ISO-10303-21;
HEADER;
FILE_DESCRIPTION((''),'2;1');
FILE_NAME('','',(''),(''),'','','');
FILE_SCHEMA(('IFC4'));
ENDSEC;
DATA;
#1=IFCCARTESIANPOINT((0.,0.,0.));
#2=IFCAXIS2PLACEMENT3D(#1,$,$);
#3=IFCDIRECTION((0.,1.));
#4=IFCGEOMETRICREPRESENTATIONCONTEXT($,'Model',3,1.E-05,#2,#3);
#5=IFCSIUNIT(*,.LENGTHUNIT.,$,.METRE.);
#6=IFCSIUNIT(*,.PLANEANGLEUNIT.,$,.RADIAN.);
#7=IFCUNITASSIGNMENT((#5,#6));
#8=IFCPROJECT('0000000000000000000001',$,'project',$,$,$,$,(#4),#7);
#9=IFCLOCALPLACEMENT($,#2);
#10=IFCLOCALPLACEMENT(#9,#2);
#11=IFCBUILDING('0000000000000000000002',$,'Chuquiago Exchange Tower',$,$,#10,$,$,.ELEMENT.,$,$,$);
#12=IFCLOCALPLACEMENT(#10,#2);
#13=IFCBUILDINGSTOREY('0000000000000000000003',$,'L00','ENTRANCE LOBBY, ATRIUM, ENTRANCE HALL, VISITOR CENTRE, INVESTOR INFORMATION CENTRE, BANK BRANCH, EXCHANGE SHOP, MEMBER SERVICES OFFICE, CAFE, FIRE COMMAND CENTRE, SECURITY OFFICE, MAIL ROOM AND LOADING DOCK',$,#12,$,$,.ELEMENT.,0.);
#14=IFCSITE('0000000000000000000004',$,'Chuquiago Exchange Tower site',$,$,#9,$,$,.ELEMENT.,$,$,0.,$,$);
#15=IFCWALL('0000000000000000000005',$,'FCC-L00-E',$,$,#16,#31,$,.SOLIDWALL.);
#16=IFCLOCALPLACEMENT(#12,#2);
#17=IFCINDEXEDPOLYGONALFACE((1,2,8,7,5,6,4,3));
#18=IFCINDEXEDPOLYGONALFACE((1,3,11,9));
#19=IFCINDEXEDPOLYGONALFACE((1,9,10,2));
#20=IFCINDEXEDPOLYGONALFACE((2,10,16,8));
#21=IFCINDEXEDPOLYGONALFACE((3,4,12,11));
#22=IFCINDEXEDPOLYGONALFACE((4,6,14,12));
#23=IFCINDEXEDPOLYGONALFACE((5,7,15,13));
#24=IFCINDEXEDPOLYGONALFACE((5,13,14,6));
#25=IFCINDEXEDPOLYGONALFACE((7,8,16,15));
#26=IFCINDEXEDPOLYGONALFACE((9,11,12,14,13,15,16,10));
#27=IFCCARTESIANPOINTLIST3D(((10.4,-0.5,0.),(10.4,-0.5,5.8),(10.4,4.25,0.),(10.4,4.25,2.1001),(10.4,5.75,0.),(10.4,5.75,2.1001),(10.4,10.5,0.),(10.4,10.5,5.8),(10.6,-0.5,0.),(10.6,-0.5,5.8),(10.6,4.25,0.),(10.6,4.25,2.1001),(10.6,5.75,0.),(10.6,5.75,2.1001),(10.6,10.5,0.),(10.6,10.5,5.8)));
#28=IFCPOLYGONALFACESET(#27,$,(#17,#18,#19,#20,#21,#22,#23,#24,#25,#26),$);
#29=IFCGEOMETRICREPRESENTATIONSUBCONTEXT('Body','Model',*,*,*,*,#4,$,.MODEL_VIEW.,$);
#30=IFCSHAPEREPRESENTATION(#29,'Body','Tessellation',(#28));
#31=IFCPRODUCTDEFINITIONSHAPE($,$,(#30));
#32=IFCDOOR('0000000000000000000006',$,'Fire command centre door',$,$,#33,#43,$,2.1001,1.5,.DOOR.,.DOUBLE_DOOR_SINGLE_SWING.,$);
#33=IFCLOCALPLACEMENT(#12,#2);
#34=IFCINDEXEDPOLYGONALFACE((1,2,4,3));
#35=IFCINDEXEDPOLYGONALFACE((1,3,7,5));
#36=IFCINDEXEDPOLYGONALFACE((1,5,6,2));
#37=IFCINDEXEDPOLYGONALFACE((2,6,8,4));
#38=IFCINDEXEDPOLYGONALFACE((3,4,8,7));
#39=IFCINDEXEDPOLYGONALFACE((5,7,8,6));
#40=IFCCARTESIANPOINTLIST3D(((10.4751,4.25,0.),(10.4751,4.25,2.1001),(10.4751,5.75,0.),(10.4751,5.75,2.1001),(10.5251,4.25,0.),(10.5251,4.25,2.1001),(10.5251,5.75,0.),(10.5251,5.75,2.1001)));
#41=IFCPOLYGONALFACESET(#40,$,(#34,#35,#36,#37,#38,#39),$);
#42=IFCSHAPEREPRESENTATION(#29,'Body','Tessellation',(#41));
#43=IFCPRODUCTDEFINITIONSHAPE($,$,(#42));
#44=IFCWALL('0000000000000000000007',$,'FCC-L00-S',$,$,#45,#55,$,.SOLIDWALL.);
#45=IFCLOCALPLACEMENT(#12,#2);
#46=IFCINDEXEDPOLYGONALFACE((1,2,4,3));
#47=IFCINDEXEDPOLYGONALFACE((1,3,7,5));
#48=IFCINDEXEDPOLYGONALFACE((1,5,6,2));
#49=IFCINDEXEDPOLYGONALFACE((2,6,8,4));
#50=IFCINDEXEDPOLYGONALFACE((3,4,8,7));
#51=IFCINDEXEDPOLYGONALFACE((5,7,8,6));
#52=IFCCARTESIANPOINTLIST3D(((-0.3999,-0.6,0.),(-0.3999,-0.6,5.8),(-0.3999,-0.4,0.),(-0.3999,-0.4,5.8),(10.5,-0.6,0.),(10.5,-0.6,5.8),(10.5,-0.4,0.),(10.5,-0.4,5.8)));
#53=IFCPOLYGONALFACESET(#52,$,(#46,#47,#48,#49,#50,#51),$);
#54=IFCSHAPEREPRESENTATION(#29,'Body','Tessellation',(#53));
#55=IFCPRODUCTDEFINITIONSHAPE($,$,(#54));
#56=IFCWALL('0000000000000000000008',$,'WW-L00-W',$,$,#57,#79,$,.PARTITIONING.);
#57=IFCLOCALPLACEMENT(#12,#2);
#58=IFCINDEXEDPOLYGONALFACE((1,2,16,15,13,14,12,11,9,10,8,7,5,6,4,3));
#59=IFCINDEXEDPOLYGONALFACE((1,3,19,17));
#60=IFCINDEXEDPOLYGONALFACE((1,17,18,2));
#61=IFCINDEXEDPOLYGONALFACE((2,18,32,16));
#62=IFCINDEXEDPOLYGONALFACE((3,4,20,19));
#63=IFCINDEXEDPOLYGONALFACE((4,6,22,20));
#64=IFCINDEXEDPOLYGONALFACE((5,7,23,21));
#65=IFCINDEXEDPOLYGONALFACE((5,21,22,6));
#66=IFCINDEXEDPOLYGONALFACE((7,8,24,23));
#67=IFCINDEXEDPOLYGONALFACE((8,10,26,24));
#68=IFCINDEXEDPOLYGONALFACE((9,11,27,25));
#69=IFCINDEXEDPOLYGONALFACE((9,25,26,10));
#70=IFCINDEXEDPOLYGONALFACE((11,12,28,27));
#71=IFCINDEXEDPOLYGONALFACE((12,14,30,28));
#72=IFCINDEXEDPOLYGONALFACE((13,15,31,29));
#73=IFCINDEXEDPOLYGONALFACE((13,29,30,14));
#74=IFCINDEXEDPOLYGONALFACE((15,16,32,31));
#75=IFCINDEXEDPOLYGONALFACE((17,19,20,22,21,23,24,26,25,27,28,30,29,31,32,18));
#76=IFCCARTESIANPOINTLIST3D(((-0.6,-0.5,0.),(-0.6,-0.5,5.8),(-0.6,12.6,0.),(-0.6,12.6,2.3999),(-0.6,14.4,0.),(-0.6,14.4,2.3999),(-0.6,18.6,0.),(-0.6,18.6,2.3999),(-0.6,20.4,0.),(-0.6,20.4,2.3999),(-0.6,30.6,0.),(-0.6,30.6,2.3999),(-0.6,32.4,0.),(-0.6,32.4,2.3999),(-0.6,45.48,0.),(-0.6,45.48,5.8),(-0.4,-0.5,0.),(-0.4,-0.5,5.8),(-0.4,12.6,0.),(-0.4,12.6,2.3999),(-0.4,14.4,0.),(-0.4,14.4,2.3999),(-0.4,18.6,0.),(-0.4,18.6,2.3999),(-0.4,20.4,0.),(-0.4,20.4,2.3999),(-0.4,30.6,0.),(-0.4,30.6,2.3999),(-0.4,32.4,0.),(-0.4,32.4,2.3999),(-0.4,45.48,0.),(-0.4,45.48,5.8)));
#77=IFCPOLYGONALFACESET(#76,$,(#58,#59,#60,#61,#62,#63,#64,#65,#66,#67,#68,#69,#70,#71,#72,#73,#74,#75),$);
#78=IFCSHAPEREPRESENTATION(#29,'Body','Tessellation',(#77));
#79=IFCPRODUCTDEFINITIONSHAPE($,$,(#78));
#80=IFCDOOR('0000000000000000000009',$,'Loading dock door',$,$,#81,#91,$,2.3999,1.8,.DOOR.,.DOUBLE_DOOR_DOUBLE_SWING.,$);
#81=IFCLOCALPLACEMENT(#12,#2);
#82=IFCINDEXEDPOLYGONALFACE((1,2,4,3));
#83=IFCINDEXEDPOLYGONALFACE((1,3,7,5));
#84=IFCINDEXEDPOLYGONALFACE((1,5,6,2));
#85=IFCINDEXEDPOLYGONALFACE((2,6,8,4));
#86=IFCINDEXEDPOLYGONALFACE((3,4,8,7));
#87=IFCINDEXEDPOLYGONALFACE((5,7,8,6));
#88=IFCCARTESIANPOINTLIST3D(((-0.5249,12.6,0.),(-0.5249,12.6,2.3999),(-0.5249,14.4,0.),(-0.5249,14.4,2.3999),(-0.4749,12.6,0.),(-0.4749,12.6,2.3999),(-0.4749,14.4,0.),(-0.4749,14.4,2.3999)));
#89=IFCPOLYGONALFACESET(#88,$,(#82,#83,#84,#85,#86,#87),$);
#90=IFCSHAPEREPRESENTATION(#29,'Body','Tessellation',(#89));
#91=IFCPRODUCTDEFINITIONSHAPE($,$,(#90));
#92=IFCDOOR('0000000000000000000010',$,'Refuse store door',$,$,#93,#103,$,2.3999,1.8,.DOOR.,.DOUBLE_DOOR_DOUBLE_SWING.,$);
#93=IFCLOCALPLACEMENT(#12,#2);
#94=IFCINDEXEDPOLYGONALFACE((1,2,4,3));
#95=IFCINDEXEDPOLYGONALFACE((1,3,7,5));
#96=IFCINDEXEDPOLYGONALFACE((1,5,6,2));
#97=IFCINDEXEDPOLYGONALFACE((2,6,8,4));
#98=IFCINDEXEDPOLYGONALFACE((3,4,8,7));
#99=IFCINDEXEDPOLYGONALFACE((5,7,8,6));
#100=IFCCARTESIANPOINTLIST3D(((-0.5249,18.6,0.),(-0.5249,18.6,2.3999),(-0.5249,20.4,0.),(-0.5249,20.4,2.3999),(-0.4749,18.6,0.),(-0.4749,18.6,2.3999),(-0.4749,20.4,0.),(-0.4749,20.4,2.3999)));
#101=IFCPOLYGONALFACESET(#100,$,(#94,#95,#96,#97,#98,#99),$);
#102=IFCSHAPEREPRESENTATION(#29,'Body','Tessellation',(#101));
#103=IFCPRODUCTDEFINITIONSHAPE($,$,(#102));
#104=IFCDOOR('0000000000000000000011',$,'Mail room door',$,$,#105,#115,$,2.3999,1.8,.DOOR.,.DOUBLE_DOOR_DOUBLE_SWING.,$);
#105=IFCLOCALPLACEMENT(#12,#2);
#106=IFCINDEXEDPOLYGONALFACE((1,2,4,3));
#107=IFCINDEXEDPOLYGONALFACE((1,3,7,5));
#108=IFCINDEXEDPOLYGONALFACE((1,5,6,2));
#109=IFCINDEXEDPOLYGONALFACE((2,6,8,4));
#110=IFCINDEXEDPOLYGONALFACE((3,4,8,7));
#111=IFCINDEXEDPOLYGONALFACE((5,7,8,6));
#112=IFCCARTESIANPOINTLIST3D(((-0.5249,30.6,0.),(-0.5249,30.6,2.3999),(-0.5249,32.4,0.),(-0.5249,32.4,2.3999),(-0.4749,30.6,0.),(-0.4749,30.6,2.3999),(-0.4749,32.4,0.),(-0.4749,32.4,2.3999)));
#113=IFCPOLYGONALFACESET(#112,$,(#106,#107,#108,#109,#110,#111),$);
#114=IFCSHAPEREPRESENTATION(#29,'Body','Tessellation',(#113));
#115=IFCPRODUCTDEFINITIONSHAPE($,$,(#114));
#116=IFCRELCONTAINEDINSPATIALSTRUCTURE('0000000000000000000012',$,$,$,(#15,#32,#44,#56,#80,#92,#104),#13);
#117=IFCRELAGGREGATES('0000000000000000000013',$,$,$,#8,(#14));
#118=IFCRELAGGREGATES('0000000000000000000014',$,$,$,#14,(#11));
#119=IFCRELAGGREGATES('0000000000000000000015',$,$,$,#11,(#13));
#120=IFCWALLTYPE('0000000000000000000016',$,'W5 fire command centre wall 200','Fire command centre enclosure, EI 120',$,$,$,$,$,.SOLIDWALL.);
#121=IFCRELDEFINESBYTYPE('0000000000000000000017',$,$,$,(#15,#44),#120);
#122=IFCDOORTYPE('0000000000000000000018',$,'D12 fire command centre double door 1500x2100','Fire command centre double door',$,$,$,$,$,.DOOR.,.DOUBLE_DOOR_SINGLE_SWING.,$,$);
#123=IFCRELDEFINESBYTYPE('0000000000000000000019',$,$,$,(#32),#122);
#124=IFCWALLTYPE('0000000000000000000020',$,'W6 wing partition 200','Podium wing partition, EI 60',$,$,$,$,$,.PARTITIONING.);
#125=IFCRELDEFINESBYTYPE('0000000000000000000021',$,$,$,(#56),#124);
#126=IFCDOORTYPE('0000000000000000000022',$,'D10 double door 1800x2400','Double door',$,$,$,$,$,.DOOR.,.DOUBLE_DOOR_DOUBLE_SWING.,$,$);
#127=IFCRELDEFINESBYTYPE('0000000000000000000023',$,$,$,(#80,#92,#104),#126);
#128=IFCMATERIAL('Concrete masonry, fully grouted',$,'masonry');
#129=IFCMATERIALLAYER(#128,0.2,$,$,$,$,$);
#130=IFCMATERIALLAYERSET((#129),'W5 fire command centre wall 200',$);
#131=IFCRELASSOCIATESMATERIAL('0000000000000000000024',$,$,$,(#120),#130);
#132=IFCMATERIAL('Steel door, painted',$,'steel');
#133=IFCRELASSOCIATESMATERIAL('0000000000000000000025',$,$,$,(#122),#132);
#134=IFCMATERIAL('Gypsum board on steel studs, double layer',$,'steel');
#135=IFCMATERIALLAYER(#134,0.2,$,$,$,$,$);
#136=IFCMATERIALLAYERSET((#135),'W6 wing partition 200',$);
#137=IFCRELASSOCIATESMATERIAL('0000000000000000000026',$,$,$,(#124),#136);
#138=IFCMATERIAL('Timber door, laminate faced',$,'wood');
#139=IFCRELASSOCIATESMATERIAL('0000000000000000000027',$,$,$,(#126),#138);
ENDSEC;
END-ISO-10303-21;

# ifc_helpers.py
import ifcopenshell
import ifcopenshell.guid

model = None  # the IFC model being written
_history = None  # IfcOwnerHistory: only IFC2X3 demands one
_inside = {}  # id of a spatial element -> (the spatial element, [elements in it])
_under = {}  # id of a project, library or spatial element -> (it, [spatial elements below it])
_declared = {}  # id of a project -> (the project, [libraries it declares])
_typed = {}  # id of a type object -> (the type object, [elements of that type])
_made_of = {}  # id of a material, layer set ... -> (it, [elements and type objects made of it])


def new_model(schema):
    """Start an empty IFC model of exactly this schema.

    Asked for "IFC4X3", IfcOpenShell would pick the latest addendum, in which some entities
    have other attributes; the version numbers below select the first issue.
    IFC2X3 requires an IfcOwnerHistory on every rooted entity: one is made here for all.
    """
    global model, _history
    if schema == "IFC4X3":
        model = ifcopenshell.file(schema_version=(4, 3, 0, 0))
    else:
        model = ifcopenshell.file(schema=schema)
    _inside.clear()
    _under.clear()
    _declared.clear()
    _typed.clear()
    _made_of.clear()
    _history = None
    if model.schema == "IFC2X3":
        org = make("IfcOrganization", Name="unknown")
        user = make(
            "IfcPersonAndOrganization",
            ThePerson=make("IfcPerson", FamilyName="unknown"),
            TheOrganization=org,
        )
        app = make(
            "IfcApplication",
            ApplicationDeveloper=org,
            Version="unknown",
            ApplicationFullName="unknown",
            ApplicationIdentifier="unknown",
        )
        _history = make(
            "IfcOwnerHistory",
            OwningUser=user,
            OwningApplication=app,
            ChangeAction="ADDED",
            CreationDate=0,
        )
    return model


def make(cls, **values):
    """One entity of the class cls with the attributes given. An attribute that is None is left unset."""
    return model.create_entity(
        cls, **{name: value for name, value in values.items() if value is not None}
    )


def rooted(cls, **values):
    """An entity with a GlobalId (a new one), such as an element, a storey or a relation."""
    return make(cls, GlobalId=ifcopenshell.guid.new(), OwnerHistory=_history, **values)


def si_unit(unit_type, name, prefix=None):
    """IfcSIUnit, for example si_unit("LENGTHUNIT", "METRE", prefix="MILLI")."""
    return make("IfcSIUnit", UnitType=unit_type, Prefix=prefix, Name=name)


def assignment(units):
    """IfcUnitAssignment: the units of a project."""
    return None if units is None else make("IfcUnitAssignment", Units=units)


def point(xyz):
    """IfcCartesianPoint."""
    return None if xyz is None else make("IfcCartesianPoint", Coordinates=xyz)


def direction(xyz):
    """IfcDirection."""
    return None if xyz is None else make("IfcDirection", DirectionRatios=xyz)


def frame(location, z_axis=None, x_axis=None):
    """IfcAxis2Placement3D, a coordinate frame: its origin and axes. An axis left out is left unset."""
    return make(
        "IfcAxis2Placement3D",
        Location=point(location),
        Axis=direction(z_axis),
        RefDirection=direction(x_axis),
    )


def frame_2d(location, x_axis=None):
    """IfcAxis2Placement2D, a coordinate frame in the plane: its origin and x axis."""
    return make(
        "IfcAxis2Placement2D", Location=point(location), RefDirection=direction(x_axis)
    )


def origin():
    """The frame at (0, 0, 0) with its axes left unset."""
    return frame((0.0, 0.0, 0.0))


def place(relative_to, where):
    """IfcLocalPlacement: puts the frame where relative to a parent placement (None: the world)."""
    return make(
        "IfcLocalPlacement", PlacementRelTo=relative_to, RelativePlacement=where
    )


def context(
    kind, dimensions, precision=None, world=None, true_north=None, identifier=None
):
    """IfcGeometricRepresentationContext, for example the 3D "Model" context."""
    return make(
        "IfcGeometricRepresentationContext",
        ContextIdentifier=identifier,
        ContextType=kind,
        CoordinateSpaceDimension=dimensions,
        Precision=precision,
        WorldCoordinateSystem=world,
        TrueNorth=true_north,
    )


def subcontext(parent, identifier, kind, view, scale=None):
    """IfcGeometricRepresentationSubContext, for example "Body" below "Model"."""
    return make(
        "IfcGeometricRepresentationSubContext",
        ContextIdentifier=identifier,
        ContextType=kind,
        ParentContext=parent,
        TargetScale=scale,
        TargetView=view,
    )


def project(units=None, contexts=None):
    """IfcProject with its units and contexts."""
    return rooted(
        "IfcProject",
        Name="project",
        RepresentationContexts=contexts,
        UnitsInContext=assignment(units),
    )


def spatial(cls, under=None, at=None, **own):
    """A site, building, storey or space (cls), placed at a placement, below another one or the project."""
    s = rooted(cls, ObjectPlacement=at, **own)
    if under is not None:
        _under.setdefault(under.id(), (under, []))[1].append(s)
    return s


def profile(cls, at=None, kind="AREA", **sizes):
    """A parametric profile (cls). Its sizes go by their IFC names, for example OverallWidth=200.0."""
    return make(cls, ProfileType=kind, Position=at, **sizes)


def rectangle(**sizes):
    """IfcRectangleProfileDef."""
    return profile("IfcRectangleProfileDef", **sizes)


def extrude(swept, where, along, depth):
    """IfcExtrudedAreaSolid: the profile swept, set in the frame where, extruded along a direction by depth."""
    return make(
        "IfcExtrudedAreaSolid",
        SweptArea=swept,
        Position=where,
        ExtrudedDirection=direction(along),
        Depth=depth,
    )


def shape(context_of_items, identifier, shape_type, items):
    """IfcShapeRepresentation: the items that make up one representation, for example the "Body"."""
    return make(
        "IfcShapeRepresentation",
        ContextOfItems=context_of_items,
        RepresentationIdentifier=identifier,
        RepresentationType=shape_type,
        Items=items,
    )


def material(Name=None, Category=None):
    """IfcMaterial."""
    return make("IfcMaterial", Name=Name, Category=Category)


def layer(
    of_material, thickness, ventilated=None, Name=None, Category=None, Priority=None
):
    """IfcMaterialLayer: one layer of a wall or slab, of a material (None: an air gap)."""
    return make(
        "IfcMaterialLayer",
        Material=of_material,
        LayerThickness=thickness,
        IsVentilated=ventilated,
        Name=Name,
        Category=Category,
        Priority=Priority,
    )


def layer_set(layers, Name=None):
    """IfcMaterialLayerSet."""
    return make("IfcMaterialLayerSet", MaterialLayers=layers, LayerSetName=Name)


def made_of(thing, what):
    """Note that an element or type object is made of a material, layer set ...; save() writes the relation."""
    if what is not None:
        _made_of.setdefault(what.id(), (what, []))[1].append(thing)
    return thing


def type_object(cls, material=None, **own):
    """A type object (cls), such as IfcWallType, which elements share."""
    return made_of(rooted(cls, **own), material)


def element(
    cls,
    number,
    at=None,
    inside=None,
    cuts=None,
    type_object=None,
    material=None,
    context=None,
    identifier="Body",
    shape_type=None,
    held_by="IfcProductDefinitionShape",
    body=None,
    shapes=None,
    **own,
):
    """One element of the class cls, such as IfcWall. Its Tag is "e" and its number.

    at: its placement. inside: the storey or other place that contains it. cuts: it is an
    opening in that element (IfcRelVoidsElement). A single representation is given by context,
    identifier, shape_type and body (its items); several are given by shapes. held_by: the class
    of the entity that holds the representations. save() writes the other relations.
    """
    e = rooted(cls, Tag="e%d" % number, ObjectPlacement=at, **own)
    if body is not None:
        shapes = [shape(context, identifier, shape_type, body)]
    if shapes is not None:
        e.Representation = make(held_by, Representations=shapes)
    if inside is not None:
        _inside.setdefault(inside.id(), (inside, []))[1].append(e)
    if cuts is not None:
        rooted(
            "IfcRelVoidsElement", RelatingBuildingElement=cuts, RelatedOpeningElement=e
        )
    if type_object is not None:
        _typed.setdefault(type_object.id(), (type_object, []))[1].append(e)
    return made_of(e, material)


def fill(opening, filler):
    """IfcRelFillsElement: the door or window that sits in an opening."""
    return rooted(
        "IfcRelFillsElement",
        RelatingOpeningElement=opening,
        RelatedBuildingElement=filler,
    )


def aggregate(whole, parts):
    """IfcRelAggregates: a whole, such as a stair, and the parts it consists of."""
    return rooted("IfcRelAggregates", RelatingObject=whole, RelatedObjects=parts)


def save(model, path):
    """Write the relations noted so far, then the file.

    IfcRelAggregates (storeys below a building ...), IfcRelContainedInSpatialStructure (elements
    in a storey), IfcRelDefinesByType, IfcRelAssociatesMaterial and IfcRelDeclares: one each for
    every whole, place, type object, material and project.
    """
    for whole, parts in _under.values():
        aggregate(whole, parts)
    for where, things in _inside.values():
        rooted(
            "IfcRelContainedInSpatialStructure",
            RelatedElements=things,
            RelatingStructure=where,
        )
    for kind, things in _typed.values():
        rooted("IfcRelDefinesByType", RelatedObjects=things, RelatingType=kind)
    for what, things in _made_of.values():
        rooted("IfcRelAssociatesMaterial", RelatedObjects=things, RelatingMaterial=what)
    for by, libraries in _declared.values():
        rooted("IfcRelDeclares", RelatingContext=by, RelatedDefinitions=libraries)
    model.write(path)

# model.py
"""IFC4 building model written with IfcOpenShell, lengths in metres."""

from ifc_helpers import new_model, si_unit, direction, frame, frame_2d, origin, place, context, subcontext, project, spatial, rectangle, extrude, material, layer, layer_set, type_object, element, fill, save


model = new_model("IFC4")

# Units and contexts
model_context = context("Model", 3, precision=1e-05, world=origin(), true_north=direction((0.0, 1.0)))
body_context = subcontext(model_context, "Body", "Model", "MODEL_VIEW")
ifc_project = project(units=[si_unit("LENGTHUNIT", "METRE"), si_unit("PLANEANGLEUNIT", "RADIAN")], contexts=[model_context])

# Site, building, storey
site_placement = place(None, origin())
site = spatial("IfcSite", under=ifc_project, at=site_placement, Name="Chuquiago Exchange Tower site", CompositionType="ELEMENT", RefElevation=0.0)
building_placement = place(site_placement, origin())
building = spatial("IfcBuilding", under=site, at=building_placement, Name="Chuquiago Exchange Tower", CompositionType="ELEMENT")
storey_placement = place(building_placement, origin())
storey = spatial("IfcBuildingStorey", under=building, at=storey_placement, Name="L00", Description="ENTRANCE LOBBY, ATRIUM, ENTRANCE HALL, VISITOR CENTRE, INVESTOR INFORMATION CENTRE, BANK BRANCH, EXCHANGE SHOP, MEMBER SERVICES OFFICE, CAFE, FIRE COMMAND CENTRE, SECURITY OFFICE, MAIL ROOM AND LOADING DOCK", CompositionType="ELEMENT", Elevation=0.0)

# Wall, opening, door
ifc_material_1 = material(Name="Concrete masonry, fully grouted", Category="masonry")
ifc_layer_1 = layer(ifc_material_1, 0.2)
ifc_layer_set_1 = layer_set([ifc_layer_1], Name="W5 fire command centre wall 200")
wall_type_1 = type_object("IfcWallType", Name="W5 fire command centre wall 200", Description="Fire command centre enclosure, EI 120", PredefinedType="SOLIDWALL", material=ifc_layer_set_1)
wall_1_placement = place(storey_placement, frame((10.5, -0.5, 0.0), z_axis=(0.0, 0.0, 1.0), x_axis=(0.0, 1.0, 0.0)))
wall_1 = element("IfcWall", 1, at=wall_1_placement, inside=storey, type_object=wall_type_1, Name="FCC-L00-E", PredefinedType="SOLIDWALL", context=body_context, shape_type="SweptSolid", body=[
    extrude(rectangle(XDim=11.0, YDim=0.2, at=frame_2d((5.5, 0.0))), origin(), (0.0, 0.0, 1.0), 5.8),
])
opening_1_placement = place(wall_1_placement, frame((4.75, 0.0, 0.0)))
opening_1 = element("IfcOpeningElement", 2, at=opening_1_placement, cuts=wall_1, PredefinedType="OPENING", context=body_context, shape_type="SweptSolid", body=[
    extrude(rectangle(XDim=1.5, YDim=2.1001, at=frame_2d((0.75, 1.05))), frame((0.0, 0.1099, 0.0), z_axis=(0.0, -1.0, 0.0), x_axis=(1.0, 0.0, 0.0)), (0.0, 0.0, 1.0), 0.22),
])
ifc_material_2 = material(Name="Steel door, painted", Category="steel")
door_type_1 = type_object("IfcDoorType", Name="D12 fire command centre double door 1500x2100", Description="Fire command centre double door", OperationType="DOUBLE_DOOR_SINGLE_SWING", PredefinedType="DOOR", material=ifc_material_2)
door_1_placement = place(opening_1_placement, origin())
door_1 = element("IfcDoor", 3, at=door_1_placement, inside=storey, type_object=door_type_1, Name="Fire command centre door", OperationType="DOUBLE_DOOR_SINGLE_SWING", OverallHeight=2.1001, OverallWidth=1.5, PredefinedType="DOOR", context=body_context, shape_type="SweptSolid", body=[
    extrude(rectangle(XDim=1.5, YDim=2.1001, at=frame_2d((0.75, 1.05))), frame((0.0, 0.0249, 0.0), z_axis=(0.0, -1.0, 0.0), x_axis=(1.0, 0.0, 0.0)), (0.0, 0.0, 1.0), 0.05),
])
fill(opening_1, door_1)

# Wall
wall_2_placement = place(storey_placement, frame((-0.3999, -0.5, 0.0), z_axis=(0.0, 0.0, 1.0), x_axis=(1.0, 0.0, 0.0)))
element("IfcWall", 4, at=wall_2_placement, inside=storey, type_object=wall_type_1, Name="FCC-L00-S", PredefinedType="SOLIDWALL", context=body_context, shape_type="SweptSolid", body=[
    extrude(rectangle(XDim=10.8999, YDim=0.2, at=frame_2d((5.45, 0.0))), origin(), (0.0, 0.0, 1.0), 5.8),
])

# Wall, openings, doors
ifc_material_3 = material(Name="Gypsum board on steel studs, double layer", Category="steel")
ifc_layer_2 = layer(ifc_material_3, 0.2)
ifc_layer_set_2 = layer_set([ifc_layer_2], Name="W6 wing partition 200")
wall_type_2 = type_object("IfcWallType", Name="W6 wing partition 200", Description="Podium wing partition, EI 60", PredefinedType="PARTITIONING", material=ifc_layer_set_2)
wall_3_placement = place(storey_placement, frame((-0.5, -0.5, 0.0), z_axis=(0.0, 0.0, 1.0), x_axis=(0.0, 1.0, 0.0)))
wall_3 = element("IfcWall", 5, at=wall_3_placement, inside=storey, type_object=wall_type_2, Name="WW-L00-W", PredefinedType="PARTITIONING", context=body_context, shape_type="SweptSolid", body=[
    extrude(rectangle(XDim=45.98, YDim=0.2, at=frame_2d((22.99, 0.0))), origin(), (0.0, 0.0, 1.0), 5.8),
])
opening_2_placement = place(wall_3_placement, frame((13.1001, 0.0, 0.0)))
opening_2 = element("IfcOpeningElement", 6, at=opening_2_placement, cuts=wall_3, PredefinedType="OPENING", context=body_context, shape_type="SweptSolid", body=[
    extrude(rectangle(XDim=1.8, YDim=2.3999, at=frame_2d((0.8999, 1.2))), frame((0.0, 0.1099, 0.0), z_axis=(0.0, -1.0, 0.0), x_axis=(1.0, 0.0, 0.0)), (0.0, 0.0, 1.0), 0.22),
])
opening_3_placement = place(wall_3_placement, frame((19.1001, 0.0, 0.0)))
opening_3 = element("IfcOpeningElement", 7, at=opening_3_placement, cuts=wall_3, PredefinedType="OPENING", context=body_context, shape_type="SweptSolid", body=[
    extrude(rectangle(XDim=1.8, YDim=2.3999, at=frame_2d((0.8999, 1.2))), frame((0.0, 0.1099, 0.0), z_axis=(0.0, -1.0, 0.0), x_axis=(1.0, 0.0, 0.0)), (0.0, 0.0, 1.0), 0.22),
])
opening_4_placement = place(wall_3_placement, frame((31.1001, 0.0, 0.0)))
opening_4 = element("IfcOpeningElement", 8, at=opening_4_placement, cuts=wall_3, PredefinedType="OPENING", context=body_context, shape_type="SweptSolid", body=[
    extrude(rectangle(XDim=1.8, YDim=2.3999, at=frame_2d((0.8999, 1.2))), frame((0.0, 0.1099, 0.0), z_axis=(0.0, -1.0, 0.0), x_axis=(1.0, 0.0, 0.0)), (0.0, 0.0, 1.0), 0.22),
])
ifc_material_4 = material(Name="Timber door, laminate faced", Category="wood")
door_type_2 = type_object("IfcDoorType", Name="D10 double door 1800x2400", Description="Double door", OperationType="DOUBLE_DOOR_DOUBLE_SWING", PredefinedType="DOOR", material=ifc_material_4)
door_2_placement = place(opening_2_placement, origin())
door_2 = element("IfcDoor", 9, at=door_2_placement, inside=storey, type_object=door_type_2, Name="Loading dock door", OperationType="DOUBLE_DOOR_DOUBLE_SWING", OverallHeight=2.3999, OverallWidth=1.8, PredefinedType="DOOR", context=body_context, shape_type="SweptSolid", body=[
    extrude(rectangle(XDim=1.8, YDim=2.3999, at=frame_2d((0.8999, 1.2))), frame((0.0, 0.0249, 0.0), z_axis=(0.0, -1.0, 0.0), x_axis=(1.0, 0.0, 0.0)), (0.0, 0.0, 1.0), 0.05),
])
fill(opening_2, door_2)
door_3_placement = place(opening_3_placement, origin())
door_3 = element("IfcDoor", 10, at=door_3_placement, inside=storey, type_object=door_type_2, Name="Refuse store door", OperationType="DOUBLE_DOOR_DOUBLE_SWING", OverallHeight=2.3999, OverallWidth=1.8, PredefinedType="DOOR", context=body_context, shape_type="SweptSolid", body=[
    extrude(rectangle(XDim=1.8, YDim=2.3999, at=frame_2d((0.8999, 1.2))), frame((0.0, 0.0249, 0.0), z_axis=(0.0, -1.0, 0.0), x_axis=(1.0, 0.0, 0.0)), (0.0, 0.0, 1.0), 0.05),
])
fill(opening_3, door_3)
door_4_placement = place(opening_4_placement, origin())
door_4 = element("IfcDoor", 11, at=door_4_placement, inside=storey, type_object=door_type_2, Name="Mail room door", OperationType="DOUBLE_DOOR_DOUBLE_SWING", OverallHeight=2.3999, OverallWidth=1.8, PredefinedType="DOOR", context=body_context, shape_type="SweptSolid", body=[
    extrude(rectangle(XDim=1.8, YDim=2.3999, at=frame_2d((0.8999, 1.2))), frame((0.0, 0.0249, 0.0), z_axis=(0.0, -1.0, 0.0), x_axis=(1.0, 0.0, 0.0)), (0.0, 0.0, 1.0), 0.05),
])
fill(opening_4, door_4)

save(model, "model.ifc")
